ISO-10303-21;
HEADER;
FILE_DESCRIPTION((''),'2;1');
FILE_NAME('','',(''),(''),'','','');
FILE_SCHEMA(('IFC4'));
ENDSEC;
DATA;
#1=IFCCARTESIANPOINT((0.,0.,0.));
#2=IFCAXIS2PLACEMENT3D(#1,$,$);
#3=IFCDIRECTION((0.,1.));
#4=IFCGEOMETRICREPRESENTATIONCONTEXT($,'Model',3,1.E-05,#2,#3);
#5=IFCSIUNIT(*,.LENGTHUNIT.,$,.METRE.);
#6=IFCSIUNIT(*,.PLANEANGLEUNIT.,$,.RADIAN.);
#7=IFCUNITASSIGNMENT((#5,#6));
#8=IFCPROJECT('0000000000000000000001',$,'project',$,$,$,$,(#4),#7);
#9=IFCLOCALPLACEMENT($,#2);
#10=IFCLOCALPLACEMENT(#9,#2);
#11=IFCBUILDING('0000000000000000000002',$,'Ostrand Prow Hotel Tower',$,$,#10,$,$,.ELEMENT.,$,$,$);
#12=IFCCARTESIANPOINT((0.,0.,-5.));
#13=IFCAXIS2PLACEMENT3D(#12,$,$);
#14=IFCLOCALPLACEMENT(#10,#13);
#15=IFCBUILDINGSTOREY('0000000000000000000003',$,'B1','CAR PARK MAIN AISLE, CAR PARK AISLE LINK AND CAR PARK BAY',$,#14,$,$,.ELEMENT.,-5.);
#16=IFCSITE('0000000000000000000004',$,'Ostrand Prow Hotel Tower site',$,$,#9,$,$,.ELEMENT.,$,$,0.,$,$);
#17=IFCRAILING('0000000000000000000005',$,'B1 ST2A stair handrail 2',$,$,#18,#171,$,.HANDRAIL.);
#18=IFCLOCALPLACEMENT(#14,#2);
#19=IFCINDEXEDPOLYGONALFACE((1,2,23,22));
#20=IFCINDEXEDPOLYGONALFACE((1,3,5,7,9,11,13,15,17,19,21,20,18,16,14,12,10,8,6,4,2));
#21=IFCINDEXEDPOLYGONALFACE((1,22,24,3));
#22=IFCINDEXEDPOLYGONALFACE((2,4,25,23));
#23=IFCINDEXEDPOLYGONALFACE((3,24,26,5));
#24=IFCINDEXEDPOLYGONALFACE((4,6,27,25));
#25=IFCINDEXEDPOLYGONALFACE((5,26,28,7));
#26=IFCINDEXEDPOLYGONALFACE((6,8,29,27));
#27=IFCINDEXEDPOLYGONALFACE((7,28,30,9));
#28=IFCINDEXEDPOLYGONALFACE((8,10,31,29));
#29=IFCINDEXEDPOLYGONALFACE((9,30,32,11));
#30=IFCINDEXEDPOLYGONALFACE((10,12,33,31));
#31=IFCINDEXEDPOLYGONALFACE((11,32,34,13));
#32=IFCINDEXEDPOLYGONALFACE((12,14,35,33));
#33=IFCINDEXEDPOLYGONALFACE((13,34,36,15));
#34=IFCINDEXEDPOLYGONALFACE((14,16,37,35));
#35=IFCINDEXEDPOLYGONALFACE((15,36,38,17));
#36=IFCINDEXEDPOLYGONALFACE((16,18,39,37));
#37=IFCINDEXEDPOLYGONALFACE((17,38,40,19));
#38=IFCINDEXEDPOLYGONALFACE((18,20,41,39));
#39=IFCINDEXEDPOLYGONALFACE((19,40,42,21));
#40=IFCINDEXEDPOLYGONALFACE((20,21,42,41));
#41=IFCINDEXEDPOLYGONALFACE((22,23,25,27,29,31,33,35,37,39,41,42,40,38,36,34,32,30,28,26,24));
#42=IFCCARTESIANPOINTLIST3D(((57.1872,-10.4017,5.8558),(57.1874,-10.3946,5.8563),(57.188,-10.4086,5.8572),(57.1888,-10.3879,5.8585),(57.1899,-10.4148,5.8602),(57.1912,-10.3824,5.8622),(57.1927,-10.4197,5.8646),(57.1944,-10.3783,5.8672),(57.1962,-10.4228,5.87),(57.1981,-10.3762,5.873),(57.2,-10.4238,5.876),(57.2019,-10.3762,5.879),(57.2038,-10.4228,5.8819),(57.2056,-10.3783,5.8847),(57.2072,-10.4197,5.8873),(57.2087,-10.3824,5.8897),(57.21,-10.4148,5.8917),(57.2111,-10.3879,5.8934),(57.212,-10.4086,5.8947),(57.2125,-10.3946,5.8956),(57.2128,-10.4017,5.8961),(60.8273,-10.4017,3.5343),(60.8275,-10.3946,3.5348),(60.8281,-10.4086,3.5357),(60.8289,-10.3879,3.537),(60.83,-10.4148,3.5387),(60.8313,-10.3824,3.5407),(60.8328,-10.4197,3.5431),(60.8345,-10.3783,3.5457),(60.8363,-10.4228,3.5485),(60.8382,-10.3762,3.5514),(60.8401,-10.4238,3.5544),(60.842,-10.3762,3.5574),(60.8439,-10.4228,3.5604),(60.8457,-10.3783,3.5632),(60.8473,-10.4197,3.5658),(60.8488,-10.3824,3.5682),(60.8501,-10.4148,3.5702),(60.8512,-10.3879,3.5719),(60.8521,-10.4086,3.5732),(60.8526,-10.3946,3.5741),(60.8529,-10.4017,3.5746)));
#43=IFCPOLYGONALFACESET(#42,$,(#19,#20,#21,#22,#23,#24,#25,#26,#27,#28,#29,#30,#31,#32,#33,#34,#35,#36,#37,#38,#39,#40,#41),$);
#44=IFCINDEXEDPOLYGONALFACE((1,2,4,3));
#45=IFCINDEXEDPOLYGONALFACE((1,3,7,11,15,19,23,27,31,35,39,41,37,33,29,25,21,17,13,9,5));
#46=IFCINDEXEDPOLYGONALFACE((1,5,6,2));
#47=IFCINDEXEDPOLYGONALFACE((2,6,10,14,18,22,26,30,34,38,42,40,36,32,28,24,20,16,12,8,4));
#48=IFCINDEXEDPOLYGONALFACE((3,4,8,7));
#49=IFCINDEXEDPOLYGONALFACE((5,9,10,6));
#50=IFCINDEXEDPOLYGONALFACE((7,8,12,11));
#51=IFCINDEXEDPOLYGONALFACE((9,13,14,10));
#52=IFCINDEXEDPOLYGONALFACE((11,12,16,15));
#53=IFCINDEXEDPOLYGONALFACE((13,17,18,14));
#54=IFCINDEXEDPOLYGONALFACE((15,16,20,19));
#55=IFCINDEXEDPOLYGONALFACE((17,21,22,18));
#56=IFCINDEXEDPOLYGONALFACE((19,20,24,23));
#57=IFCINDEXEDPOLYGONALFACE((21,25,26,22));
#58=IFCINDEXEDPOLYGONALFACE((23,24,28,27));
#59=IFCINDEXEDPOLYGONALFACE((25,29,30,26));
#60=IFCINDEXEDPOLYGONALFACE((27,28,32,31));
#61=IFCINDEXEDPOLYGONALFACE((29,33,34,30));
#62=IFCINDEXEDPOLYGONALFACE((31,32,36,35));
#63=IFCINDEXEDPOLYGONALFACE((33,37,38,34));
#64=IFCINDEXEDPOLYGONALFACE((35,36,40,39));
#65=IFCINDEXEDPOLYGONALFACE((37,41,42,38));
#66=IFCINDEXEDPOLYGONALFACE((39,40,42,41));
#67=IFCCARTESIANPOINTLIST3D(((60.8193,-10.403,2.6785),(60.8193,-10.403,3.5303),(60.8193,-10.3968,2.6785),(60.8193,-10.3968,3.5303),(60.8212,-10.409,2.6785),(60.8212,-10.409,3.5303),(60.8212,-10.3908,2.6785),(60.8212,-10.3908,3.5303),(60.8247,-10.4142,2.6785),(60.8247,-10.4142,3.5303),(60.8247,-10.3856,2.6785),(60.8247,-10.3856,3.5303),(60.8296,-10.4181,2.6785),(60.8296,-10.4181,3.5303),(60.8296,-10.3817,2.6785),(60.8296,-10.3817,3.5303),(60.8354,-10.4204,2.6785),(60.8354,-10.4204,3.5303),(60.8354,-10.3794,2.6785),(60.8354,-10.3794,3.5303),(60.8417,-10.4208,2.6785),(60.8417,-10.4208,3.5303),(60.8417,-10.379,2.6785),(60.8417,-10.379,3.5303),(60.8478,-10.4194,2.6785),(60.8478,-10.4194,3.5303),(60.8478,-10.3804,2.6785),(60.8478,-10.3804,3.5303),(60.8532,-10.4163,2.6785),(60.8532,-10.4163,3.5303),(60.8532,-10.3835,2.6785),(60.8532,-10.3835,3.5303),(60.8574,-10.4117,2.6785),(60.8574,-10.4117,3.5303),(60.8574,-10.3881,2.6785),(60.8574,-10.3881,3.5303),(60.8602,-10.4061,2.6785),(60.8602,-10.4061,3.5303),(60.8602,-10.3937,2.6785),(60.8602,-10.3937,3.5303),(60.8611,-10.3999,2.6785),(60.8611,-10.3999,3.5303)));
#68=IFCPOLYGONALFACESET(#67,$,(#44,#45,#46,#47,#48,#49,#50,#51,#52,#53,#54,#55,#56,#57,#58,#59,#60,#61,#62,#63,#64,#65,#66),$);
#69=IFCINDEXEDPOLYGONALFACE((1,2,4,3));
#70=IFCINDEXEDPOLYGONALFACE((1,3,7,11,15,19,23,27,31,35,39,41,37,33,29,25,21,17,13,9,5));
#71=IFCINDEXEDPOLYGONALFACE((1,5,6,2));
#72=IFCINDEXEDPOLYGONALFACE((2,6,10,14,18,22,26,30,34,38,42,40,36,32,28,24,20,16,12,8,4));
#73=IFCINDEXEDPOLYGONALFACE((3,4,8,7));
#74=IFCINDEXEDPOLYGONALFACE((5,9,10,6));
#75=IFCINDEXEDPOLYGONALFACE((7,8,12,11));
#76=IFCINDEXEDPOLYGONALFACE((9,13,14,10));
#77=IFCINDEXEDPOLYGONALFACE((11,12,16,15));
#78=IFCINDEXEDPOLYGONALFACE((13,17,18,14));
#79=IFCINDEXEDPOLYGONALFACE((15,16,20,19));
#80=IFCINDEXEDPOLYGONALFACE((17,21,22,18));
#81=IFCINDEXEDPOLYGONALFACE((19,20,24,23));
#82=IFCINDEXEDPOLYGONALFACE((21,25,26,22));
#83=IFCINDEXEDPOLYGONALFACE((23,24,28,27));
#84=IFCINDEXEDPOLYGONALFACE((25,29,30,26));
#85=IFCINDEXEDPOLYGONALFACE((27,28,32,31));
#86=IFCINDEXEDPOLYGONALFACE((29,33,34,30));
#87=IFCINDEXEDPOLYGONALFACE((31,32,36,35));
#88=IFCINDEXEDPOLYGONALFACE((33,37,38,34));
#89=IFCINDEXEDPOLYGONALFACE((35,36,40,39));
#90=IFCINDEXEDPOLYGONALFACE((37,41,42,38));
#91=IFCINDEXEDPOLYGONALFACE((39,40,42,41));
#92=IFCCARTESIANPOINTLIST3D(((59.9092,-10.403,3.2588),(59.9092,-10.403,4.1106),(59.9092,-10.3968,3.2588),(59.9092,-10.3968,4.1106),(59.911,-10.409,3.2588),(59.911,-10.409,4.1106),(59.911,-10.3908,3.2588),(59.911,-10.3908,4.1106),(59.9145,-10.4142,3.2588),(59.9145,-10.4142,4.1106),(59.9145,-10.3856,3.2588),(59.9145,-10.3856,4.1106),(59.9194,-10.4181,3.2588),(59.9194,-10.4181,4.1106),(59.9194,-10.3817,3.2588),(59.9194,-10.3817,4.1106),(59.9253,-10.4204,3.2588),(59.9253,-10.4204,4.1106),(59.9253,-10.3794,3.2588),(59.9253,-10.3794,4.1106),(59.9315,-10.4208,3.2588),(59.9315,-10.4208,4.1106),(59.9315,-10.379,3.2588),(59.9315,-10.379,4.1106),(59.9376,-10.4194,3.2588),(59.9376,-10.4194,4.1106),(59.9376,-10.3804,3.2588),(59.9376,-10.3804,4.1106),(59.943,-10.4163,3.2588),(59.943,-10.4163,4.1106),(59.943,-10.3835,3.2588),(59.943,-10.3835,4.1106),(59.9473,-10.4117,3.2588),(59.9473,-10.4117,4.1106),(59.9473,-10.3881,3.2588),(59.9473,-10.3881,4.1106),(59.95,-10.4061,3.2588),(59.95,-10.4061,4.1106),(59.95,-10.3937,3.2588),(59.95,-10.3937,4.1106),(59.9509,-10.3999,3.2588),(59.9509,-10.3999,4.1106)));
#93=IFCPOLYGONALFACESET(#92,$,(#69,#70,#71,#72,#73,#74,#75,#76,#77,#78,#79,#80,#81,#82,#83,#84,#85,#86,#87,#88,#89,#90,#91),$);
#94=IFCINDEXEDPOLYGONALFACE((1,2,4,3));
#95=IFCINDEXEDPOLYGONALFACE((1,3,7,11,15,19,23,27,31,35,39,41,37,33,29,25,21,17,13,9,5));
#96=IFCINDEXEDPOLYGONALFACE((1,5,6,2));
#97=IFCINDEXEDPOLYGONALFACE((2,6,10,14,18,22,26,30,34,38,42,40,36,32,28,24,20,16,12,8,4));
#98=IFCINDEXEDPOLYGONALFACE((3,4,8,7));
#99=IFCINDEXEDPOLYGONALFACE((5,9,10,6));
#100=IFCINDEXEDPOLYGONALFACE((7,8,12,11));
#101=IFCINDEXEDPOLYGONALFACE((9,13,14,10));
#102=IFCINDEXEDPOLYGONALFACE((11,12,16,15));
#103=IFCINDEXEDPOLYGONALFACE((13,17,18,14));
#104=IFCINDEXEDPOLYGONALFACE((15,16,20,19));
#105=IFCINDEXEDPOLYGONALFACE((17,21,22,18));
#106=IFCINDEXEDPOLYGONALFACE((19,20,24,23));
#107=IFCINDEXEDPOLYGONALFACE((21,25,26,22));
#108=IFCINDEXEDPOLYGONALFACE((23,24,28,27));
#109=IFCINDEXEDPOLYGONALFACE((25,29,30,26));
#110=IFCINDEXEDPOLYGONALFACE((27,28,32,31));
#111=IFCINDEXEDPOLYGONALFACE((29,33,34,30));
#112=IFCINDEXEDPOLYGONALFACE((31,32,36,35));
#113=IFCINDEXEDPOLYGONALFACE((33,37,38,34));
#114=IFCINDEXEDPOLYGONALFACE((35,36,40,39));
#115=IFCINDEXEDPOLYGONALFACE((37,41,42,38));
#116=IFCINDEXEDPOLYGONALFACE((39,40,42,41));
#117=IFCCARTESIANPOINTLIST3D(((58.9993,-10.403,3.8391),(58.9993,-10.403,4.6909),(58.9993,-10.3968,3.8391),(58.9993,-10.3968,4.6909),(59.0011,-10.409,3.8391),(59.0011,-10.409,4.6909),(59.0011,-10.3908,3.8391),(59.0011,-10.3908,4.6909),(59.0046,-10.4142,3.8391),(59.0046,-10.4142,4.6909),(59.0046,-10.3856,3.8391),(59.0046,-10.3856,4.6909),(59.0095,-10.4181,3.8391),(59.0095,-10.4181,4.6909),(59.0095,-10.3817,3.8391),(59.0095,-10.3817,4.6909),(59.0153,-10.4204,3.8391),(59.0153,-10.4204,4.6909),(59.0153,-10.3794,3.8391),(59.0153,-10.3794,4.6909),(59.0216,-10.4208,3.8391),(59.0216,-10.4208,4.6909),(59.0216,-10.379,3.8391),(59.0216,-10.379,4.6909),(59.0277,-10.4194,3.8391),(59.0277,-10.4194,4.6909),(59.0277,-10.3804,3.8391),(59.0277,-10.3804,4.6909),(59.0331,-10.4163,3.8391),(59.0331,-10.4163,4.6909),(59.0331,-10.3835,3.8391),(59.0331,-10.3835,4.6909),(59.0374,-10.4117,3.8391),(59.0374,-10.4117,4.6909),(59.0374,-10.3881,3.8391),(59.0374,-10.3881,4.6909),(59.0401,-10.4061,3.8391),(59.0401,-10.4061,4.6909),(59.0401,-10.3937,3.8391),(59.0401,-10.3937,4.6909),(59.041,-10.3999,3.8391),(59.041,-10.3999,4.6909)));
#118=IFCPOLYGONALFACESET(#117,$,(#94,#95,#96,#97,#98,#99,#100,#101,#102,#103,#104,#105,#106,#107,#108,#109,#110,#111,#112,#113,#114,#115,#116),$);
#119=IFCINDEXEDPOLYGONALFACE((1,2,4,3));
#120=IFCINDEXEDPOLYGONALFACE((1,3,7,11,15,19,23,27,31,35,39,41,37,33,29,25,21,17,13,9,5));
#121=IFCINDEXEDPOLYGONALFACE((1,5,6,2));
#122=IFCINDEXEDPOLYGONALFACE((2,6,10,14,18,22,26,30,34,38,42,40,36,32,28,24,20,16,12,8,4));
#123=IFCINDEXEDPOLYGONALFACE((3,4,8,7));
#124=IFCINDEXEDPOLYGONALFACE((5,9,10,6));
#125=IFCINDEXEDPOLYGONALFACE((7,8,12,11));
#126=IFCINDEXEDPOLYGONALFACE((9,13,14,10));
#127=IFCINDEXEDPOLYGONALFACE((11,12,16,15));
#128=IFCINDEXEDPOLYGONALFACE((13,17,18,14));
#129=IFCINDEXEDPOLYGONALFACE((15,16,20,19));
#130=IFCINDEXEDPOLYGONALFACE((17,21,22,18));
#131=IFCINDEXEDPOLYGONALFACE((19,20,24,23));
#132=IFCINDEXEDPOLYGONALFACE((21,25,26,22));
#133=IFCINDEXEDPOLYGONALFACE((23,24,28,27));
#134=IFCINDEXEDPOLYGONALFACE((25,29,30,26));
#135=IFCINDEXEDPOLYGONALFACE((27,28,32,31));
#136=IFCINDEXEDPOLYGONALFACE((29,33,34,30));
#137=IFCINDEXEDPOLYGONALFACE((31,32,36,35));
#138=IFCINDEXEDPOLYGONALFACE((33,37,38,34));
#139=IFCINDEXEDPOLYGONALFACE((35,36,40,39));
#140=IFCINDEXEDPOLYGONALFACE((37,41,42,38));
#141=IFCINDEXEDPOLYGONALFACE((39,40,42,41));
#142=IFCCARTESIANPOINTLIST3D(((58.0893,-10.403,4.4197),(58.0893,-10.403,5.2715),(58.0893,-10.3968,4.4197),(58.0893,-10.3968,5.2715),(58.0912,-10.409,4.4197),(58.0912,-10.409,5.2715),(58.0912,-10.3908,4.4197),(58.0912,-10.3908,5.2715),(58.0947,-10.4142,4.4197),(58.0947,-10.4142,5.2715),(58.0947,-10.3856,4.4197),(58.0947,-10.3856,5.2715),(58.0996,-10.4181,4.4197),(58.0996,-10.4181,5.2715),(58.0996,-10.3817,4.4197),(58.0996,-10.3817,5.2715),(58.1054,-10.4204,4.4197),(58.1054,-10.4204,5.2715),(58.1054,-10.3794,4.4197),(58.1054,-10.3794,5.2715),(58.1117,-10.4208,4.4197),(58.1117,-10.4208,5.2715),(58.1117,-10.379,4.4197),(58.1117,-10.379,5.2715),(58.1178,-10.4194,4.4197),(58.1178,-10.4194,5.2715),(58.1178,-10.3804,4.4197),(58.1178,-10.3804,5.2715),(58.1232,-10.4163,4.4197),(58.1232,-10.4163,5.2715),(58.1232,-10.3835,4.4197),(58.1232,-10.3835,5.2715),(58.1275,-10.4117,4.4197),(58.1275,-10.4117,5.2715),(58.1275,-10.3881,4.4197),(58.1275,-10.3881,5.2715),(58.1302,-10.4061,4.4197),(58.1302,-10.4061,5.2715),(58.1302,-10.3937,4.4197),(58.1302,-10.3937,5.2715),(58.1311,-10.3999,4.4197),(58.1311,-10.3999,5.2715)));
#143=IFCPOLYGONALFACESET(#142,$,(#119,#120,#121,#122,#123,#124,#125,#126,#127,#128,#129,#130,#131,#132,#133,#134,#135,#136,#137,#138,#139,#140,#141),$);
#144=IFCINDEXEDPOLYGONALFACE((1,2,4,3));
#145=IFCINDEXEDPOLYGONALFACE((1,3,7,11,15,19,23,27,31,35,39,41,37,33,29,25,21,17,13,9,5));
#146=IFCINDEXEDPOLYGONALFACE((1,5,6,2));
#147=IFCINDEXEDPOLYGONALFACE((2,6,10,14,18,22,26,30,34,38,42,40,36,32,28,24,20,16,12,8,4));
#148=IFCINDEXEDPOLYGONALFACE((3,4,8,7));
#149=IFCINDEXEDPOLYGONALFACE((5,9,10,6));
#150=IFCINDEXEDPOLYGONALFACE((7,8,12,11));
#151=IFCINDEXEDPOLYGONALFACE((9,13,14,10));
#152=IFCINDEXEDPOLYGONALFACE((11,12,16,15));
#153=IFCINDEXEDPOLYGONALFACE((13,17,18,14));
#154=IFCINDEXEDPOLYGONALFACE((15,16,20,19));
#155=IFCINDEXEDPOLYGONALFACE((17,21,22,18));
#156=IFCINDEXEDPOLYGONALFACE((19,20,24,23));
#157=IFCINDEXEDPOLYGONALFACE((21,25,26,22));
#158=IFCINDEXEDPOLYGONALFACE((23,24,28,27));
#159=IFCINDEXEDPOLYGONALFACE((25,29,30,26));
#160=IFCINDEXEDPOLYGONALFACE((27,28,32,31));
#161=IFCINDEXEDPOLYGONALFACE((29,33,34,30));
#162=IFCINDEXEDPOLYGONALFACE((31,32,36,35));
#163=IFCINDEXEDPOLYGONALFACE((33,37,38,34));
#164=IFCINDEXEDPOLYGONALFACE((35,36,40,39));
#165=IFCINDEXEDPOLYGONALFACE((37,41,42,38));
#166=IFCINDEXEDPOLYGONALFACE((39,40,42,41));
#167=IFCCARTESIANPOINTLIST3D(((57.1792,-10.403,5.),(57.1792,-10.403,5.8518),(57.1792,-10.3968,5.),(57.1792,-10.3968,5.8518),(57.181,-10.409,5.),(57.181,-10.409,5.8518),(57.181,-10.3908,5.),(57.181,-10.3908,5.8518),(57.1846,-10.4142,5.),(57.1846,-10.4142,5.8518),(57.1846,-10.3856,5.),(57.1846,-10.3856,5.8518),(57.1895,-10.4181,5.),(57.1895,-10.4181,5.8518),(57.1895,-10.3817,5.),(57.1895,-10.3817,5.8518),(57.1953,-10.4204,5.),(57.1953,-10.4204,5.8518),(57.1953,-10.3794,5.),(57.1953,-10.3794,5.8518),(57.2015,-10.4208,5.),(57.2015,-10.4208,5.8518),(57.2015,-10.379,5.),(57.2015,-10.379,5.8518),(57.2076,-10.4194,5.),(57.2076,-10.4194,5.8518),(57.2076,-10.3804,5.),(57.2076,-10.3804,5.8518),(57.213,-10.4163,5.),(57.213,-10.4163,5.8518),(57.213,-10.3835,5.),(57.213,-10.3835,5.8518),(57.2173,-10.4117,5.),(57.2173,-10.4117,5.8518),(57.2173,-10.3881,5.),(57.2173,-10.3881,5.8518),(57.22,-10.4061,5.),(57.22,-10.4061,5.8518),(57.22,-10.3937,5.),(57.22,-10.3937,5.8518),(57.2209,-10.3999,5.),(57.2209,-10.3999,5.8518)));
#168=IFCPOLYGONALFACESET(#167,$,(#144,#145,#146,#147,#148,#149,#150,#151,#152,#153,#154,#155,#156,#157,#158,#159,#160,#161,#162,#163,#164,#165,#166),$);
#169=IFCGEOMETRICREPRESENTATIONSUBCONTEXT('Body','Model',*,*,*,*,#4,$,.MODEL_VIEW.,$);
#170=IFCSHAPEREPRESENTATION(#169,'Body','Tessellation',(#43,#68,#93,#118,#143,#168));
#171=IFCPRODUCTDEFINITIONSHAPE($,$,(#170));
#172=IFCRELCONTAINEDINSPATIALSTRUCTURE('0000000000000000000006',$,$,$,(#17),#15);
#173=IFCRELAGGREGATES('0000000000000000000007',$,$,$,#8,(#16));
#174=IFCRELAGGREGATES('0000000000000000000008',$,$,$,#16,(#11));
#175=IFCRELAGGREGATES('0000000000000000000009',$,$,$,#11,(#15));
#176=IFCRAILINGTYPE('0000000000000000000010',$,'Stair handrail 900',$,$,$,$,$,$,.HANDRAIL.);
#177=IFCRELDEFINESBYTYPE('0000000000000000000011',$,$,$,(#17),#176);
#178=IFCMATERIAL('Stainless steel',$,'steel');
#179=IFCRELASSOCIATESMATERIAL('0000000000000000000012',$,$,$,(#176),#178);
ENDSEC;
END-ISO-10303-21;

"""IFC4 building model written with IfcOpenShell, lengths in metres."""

from ifc_helpers import new_model, si_unit, direction, frame, origin, origin_2d, place, context, subcontext, project, spatial, circle, extrude, material, type_object, element, save


model = new_model("IFC4")

# Units and contexts
model_context = context("Model", 3, precision=1e-05, world=origin(), true_north=direction((0.0, 1.0)))
body_context = subcontext(model_context, "Body", "Model", "MODEL_VIEW")
ifc_project = project(units=[si_unit("LENGTHUNIT", "METRE"), si_unit("PLANEANGLEUNIT", "RADIAN")], contexts=[model_context])

# Site, building, storey
site_placement = place(None, origin())
site = spatial("IfcSite", under=ifc_project, at=site_placement, Name="Ostrand Prow Hotel Tower site", CompositionType="ELEMENT", RefElevation=0.0)
building_placement = place(site_placement, origin())
building = spatial("IfcBuilding", under=site, at=building_placement, Name="Ostrand Prow Hotel Tower", CompositionType="ELEMENT")
storey_placement = place(building_placement, frame((0.0, 0.0, -5.0)))
storey = spatial("IfcBuildingStorey", under=building, at=storey_placement, Name="B1", Description="CAR PARK MAIN AISLE, CAR PARK AISLE LINK AND CAR PARK BAY", CompositionType="ELEMENT", Elevation=-5.0)

# Railing
ifc_material_1 = material(Name="Stainless steel", Category="steel")
railing_type_1 = type_object("IfcRailingType", Name="Stair handrail 900", PredefinedType="HANDRAIL", material=ifc_material_1)
railing_1_placement = place(storey_placement, frame((60.8401, -10.3999, 2.6785)))
element("IfcRailing", 1, at=railing_1_placement, inside=storey, type_object=railing_type_1, Name="B1 ST2A stair handrail 2", PredefinedType="HANDRAIL", context=body_context, shape_type="SweptSolid", body=[
    extrude(circle(Radius=0.0239, at=origin_2d()), frame((0.0, 0.0, 0.876), z_axis=(-0.843128, 0.0, 0.537713), x_axis=(0.0, -1.0, 0.0)), (0.0, 0.0, 1.0), 4.3174),
    extrude(circle(Radius=0.021, at=origin_2d()), origin(), (0.0, 0.0, 1.0), 0.8518),
    extrude(circle(Radius=0.021, at=origin_2d()), frame((-0.9102, 0.0, 0.5803)), (0.0, 0.0, 1.0), 0.8518),
    extrude(circle(Radius=0.021, at=origin_2d()), frame((-1.8201, 0.0, 1.1606)), (0.0, 0.0, 1.0), 0.8518),
    extrude(circle(Radius=0.021, at=origin_2d()), frame((-2.73, 0.0, 1.7412)), (0.0, 0.0, 1.0), 0.8518),
    extrude(circle(Radius=0.021, at=origin_2d()), frame((-3.6401, 0.0, 2.3215)), (0.0, 0.0, 1.0), 0.8518),
])

save(model, "model.ifc")
